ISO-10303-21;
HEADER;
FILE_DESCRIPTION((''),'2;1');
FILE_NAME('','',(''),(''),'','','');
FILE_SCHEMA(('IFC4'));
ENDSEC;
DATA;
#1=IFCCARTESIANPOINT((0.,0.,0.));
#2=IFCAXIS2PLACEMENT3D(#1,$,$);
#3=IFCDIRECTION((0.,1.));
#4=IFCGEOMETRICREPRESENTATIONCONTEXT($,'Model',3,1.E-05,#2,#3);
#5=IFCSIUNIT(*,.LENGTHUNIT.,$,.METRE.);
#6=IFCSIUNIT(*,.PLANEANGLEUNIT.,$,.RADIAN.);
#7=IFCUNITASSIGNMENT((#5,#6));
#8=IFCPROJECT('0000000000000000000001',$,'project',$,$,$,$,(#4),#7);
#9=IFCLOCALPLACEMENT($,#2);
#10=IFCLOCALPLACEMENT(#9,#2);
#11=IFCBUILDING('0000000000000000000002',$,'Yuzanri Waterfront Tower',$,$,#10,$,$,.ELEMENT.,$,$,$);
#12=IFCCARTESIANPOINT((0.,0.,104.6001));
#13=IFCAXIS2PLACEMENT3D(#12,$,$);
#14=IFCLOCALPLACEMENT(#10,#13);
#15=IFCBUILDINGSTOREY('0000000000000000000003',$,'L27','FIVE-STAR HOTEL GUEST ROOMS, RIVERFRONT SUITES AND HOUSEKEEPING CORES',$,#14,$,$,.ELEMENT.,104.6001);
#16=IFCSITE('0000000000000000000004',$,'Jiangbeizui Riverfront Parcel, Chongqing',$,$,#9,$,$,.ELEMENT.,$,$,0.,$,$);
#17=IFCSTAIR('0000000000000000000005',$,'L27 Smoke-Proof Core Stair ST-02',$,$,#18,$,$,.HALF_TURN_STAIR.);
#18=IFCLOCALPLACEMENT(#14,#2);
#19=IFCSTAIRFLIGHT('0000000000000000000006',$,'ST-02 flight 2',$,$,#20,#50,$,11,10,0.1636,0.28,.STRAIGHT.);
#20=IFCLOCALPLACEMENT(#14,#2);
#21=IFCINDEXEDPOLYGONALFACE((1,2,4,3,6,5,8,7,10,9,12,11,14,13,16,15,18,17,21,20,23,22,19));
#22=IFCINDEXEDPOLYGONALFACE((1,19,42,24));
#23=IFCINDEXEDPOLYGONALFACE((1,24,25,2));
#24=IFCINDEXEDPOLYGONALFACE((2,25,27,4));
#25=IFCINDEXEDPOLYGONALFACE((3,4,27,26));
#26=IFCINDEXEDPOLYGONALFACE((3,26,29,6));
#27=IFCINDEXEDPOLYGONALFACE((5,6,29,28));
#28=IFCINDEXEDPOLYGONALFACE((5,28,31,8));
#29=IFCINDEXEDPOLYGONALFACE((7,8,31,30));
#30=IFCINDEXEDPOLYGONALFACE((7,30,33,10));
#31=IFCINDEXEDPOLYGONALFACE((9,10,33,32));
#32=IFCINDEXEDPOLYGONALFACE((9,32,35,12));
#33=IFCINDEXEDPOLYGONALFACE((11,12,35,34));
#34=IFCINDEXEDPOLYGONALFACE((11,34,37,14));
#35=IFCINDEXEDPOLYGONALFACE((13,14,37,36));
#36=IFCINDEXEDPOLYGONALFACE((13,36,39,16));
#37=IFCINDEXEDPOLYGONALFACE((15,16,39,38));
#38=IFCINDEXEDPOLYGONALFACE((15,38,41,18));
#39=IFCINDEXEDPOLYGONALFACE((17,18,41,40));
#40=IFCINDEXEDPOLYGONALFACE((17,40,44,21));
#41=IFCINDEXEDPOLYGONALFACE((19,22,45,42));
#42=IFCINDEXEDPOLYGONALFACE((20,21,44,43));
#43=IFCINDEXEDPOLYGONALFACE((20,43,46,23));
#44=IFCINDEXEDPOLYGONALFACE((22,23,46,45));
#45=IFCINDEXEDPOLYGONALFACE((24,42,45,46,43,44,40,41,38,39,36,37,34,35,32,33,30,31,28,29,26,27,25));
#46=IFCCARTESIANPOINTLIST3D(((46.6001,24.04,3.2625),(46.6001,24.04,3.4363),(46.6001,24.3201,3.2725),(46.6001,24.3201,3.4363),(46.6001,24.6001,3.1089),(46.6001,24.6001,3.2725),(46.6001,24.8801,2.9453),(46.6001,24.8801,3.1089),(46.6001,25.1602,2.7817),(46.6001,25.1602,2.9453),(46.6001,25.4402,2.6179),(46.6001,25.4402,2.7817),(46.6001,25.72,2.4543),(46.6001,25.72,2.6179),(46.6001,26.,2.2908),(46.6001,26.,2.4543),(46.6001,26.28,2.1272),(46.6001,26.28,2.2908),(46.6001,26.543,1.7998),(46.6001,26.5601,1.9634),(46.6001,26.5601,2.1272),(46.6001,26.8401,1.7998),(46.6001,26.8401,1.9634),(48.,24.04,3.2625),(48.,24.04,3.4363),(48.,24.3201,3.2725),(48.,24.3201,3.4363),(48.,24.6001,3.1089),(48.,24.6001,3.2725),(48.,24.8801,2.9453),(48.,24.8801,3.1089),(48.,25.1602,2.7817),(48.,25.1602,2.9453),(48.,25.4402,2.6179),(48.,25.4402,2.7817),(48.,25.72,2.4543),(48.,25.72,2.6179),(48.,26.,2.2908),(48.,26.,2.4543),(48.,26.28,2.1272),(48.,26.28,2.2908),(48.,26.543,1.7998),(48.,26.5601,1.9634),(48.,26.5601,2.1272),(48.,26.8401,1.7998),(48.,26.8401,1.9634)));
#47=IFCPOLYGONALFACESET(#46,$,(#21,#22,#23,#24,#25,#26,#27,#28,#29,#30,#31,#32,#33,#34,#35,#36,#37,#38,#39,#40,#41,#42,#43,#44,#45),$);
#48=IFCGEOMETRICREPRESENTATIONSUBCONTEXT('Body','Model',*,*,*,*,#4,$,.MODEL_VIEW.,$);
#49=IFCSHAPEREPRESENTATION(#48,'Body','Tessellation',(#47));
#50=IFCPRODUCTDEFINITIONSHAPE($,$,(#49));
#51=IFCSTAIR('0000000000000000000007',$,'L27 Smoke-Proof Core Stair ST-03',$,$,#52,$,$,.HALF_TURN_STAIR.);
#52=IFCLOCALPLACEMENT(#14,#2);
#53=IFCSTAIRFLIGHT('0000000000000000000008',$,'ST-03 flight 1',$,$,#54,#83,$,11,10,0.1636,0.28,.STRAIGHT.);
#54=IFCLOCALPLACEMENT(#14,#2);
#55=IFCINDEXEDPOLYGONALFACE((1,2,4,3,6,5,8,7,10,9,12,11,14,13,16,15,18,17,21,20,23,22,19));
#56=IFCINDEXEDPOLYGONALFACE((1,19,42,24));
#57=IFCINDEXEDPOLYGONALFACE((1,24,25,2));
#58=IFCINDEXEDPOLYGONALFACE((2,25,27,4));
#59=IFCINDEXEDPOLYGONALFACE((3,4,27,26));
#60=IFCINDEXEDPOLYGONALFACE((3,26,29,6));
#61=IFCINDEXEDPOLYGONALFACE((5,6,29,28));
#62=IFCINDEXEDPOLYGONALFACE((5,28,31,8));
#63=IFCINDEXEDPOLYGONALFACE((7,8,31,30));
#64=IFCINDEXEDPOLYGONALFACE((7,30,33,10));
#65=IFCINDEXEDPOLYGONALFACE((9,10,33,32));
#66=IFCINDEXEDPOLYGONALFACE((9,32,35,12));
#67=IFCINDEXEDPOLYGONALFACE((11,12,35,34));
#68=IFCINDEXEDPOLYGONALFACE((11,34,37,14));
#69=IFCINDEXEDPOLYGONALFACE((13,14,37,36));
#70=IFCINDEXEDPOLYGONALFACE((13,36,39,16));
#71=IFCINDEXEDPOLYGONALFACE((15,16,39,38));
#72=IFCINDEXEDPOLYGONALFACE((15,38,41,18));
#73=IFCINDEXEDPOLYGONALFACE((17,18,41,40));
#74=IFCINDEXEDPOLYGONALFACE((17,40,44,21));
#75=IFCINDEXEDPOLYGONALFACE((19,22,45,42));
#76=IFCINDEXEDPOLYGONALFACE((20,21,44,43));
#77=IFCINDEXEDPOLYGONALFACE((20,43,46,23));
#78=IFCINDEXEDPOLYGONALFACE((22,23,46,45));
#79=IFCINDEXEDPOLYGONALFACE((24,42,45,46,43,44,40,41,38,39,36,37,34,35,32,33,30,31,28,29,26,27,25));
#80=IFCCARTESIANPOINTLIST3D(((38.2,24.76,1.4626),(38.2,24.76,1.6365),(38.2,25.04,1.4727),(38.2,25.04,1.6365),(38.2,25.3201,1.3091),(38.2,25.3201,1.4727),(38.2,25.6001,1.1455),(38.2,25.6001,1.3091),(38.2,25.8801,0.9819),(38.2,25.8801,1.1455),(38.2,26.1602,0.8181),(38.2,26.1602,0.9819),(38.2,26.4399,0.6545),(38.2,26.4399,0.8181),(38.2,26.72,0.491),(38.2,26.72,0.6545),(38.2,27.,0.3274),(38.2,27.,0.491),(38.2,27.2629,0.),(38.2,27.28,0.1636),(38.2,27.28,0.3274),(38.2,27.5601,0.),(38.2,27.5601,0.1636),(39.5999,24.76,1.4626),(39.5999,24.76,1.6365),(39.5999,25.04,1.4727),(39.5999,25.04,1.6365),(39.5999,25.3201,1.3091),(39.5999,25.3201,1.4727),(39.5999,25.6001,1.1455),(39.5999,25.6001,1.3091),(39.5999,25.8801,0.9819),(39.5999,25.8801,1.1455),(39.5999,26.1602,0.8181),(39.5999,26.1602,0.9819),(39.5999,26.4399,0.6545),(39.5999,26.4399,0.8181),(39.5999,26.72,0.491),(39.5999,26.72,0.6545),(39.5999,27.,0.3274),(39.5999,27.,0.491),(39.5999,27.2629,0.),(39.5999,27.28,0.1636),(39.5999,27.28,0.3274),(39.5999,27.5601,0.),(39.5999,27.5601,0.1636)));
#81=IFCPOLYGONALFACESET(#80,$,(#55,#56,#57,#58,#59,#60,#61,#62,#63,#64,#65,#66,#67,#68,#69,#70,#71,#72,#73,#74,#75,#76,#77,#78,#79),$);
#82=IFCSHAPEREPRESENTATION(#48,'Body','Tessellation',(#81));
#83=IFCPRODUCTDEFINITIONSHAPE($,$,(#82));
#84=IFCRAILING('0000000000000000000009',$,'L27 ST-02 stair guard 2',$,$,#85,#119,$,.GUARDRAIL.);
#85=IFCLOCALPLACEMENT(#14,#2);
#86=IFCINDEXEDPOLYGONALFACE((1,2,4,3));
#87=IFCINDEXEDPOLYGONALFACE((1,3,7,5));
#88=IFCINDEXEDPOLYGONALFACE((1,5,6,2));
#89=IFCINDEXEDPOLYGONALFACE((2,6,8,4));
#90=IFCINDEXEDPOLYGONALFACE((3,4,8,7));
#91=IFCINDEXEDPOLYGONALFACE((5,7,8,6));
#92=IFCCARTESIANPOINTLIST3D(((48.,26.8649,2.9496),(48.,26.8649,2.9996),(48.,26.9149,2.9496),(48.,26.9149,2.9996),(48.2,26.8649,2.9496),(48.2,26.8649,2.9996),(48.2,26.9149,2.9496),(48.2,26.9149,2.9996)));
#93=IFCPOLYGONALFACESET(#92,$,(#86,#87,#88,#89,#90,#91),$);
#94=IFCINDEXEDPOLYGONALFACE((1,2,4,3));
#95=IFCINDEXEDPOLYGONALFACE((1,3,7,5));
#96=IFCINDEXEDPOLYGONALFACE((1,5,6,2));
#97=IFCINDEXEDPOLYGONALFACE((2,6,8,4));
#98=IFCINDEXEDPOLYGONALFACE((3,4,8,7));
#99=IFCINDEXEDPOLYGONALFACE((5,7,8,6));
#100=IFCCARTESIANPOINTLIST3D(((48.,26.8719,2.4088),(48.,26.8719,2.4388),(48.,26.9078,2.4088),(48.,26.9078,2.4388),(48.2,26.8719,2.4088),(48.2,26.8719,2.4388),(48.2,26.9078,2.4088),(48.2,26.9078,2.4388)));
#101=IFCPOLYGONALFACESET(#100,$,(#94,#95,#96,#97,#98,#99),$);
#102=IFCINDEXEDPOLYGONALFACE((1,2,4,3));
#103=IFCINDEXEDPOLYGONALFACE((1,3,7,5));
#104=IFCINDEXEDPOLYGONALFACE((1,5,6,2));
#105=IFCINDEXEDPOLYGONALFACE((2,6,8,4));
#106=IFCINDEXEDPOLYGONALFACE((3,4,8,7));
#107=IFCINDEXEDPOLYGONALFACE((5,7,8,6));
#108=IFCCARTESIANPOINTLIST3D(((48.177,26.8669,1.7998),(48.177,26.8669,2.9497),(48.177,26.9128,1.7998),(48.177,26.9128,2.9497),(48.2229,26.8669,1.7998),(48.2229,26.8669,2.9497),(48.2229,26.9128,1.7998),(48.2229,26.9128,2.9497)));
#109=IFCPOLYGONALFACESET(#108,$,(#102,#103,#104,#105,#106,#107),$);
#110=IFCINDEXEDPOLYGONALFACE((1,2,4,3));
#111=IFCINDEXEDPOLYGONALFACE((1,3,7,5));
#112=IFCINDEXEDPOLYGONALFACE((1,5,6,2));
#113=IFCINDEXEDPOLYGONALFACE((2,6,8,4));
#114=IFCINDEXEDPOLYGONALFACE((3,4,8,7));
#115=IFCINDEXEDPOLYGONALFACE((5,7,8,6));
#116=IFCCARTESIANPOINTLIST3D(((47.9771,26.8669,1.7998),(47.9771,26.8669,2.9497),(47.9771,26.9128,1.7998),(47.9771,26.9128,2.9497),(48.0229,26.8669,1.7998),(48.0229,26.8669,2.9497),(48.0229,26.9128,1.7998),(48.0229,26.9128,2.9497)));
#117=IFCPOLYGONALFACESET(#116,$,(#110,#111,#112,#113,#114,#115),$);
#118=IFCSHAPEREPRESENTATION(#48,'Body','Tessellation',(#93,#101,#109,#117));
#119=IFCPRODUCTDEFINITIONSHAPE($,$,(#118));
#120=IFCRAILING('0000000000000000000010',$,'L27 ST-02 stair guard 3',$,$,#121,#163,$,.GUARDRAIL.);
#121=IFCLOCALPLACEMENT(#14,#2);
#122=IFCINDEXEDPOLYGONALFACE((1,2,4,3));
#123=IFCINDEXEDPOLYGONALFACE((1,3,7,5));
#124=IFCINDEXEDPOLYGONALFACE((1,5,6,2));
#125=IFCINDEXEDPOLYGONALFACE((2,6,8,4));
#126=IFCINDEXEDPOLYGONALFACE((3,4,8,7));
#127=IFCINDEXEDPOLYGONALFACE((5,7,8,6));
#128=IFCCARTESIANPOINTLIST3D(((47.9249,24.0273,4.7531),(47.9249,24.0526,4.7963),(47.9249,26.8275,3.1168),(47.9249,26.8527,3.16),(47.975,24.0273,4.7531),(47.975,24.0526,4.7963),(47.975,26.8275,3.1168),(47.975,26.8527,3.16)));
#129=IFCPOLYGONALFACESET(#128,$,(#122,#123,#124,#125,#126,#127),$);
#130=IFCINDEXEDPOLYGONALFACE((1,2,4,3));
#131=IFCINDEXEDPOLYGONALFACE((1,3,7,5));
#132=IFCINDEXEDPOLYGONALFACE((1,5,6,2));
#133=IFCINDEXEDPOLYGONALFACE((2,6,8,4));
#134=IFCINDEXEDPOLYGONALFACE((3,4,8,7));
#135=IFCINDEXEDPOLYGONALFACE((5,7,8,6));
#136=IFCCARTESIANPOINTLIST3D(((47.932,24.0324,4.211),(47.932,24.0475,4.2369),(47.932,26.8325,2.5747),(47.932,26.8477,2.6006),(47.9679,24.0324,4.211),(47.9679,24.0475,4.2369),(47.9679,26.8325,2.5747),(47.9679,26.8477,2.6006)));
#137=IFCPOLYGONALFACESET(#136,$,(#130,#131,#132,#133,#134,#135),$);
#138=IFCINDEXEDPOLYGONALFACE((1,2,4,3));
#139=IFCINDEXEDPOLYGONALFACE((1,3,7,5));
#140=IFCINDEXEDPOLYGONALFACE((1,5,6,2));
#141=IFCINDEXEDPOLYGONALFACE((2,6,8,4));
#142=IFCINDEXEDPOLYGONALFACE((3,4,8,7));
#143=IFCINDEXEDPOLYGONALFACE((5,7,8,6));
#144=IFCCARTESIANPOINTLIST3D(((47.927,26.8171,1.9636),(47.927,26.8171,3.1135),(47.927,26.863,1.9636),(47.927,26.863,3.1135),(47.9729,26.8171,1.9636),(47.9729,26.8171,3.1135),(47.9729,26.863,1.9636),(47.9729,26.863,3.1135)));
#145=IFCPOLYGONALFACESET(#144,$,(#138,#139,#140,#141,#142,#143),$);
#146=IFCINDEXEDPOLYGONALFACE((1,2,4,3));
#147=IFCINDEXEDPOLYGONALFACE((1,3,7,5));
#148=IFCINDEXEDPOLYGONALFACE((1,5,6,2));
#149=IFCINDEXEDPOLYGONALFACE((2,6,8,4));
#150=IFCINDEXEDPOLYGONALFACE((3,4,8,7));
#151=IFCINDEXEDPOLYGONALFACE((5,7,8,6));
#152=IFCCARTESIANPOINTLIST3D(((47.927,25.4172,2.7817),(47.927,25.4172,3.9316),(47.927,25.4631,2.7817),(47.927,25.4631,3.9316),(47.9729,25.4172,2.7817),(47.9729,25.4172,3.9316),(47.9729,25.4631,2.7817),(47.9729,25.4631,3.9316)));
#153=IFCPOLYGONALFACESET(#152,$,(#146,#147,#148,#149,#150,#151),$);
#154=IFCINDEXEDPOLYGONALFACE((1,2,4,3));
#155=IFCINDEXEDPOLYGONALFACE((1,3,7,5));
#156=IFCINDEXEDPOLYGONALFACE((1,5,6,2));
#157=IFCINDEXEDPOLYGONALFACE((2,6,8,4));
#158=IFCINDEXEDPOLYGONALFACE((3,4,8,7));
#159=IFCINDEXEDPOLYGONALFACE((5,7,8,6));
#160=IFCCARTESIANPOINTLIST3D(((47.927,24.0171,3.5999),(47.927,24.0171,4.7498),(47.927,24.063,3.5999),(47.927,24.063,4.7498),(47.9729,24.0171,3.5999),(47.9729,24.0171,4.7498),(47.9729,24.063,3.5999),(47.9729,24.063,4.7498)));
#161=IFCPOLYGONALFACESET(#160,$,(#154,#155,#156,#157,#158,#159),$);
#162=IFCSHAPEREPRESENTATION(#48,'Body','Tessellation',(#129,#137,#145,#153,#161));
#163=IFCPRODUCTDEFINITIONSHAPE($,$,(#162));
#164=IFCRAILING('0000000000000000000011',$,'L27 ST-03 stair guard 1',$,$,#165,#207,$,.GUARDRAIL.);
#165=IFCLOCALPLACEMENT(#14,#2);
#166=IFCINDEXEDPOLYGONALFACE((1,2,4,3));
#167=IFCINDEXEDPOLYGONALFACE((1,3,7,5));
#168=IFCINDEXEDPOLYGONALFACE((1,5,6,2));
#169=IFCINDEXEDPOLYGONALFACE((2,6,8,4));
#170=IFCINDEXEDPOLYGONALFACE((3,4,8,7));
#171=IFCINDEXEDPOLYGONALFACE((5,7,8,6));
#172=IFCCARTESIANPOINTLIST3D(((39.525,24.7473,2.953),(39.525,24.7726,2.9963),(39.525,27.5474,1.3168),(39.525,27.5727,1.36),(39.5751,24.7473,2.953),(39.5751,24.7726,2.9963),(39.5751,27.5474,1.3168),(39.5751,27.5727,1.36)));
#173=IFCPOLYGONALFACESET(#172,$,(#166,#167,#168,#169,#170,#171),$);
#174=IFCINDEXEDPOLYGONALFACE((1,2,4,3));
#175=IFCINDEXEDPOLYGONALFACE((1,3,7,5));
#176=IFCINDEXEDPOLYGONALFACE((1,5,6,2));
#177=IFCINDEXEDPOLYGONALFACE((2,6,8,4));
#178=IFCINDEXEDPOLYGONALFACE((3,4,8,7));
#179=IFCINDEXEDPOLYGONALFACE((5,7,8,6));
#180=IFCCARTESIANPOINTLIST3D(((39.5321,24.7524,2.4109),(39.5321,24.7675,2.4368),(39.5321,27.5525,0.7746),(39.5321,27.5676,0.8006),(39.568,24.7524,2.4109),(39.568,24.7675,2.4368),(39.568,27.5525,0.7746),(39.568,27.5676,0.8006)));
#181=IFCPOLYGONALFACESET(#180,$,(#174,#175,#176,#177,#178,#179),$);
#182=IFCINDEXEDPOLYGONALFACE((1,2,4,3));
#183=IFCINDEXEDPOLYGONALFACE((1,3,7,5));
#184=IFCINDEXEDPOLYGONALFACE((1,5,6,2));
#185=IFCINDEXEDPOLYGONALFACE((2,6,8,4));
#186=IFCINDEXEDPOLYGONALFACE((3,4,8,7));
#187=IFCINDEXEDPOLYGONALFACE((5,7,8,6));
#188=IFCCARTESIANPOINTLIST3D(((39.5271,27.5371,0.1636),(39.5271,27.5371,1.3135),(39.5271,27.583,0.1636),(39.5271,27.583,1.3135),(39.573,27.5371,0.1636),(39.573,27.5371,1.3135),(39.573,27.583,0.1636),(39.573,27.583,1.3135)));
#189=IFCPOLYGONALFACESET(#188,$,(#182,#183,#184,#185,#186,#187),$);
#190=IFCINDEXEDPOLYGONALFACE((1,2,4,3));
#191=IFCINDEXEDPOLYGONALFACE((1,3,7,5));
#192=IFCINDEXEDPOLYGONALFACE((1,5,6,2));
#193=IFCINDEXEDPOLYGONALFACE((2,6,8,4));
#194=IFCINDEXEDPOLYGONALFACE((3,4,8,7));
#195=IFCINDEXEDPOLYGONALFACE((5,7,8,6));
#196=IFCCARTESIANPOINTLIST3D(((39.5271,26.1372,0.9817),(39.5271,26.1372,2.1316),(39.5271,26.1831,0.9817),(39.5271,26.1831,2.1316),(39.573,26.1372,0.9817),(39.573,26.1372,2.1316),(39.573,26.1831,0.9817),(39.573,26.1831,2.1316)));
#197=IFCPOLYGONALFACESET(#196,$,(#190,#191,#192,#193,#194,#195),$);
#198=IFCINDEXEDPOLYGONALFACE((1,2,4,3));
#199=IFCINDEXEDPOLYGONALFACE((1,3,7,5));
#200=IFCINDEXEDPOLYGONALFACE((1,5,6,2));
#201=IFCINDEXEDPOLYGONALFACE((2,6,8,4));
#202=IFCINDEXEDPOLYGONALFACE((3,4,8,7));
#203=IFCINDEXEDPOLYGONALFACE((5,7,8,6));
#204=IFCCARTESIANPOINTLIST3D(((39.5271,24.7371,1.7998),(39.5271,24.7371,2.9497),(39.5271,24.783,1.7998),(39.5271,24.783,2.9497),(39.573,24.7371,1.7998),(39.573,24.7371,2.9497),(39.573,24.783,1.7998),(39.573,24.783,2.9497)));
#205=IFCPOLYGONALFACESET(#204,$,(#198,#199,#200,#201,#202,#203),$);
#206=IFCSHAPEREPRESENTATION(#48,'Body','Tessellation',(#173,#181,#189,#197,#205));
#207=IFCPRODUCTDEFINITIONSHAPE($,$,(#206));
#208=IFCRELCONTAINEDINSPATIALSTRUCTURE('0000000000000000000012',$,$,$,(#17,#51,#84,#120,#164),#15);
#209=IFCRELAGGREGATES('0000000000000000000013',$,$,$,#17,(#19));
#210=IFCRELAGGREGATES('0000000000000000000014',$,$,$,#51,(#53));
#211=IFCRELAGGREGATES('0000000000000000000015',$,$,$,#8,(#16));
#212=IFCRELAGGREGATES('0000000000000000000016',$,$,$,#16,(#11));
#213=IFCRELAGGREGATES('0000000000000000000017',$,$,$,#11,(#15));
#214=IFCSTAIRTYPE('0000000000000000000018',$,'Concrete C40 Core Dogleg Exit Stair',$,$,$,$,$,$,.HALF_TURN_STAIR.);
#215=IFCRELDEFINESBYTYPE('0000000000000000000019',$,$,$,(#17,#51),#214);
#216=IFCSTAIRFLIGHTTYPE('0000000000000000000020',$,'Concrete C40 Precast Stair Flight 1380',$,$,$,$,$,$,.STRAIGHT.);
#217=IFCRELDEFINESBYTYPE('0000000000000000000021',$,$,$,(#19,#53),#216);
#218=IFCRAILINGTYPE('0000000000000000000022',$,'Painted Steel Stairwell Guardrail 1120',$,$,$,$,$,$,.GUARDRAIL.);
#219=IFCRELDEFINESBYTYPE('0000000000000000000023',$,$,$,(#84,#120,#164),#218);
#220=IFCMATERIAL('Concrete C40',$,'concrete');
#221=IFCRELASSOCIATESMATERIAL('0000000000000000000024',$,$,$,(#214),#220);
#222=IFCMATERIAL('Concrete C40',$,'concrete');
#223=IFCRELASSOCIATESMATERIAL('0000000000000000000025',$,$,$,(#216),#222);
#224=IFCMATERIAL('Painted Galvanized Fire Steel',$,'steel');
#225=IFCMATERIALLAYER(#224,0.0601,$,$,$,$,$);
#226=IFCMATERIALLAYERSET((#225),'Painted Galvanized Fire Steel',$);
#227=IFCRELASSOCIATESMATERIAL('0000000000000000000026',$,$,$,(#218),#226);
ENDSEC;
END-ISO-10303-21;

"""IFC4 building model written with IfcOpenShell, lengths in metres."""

from ifc_helpers import new_model, si_unit, direction, frame, origin, origin_2d, place, context, subcontext, project, spatial, polyline, rectangle, outline, extrude, source, transform, mapped, material, layer, layer_set, type_object, element, aggregate, save


model = new_model("IFC4")

# Units and contexts
model_context = context("Model", 3, precision=1e-05, world=origin(), true_north=direction((0.0, 1.0)))
body_context = subcontext(model_context, "Body", "Model", "MODEL_VIEW")
ifc_project = project(units=[si_unit("LENGTHUNIT", "METRE"), si_unit("PLANEANGLEUNIT", "RADIAN")], contexts=[model_context])

# Site, building, storey
site_placement = place(None, origin())
site = spatial("IfcSite", under=ifc_project, at=site_placement, Name="Jiangbeizui Riverfront Parcel, Chongqing", CompositionType="ELEMENT", RefElevation=0.0)
building_placement = place(site_placement, origin())
building = spatial("IfcBuilding", under=site, at=building_placement, Name="Yuzanri Waterfront Tower", CompositionType="ELEMENT")
storey_placement = place(building_placement, frame((0.0, 0.0, 104.6001)))
storey = spatial("IfcBuildingStorey", under=building, at=storey_placement, Name="L27", Description="FIVE-STAR HOTEL GUEST ROOMS, RIVERFRONT SUITES AND HOUSEKEEPING CORES", CompositionType="ELEMENT", Elevation=104.6001)

# Stairs, stair flights
ifc_material_1 = material(Name="Concrete C40", Category="concrete")
stair_type = type_object("IfcStairType", Name="Concrete C40 Core Dogleg Exit Stair", PredefinedType="HALF_TURN_STAIR", material=ifc_material_1)
stair_1_placement = place(storey_placement, origin())
stair_1 = element("IfcStair", 1, at=stair_1_placement, inside=storey, type_object=stair_type, Name="L27 Smoke-Proof Core Stair ST-02", PredefinedType="HALF_TURN_STAIR")
ifc_material_2 = material(Name="Concrete C40", Category="concrete")
stair_flight_type = type_object("IfcStairFlightType", Name="Concrete C40 Precast Stair Flight 1380", PredefinedType="STRAIGHT", material=ifc_material_2)
shared_shape_1 = source(origin(), body_context, "Body", "SweptSolid", [
    extrude(outline(polyline([(0.0, 0.0), (0.0, 0.1636), (0.28, 0.1636), (0.28, 0.3274), (0.5601, 0.3274), (0.5601, 0.491), (0.8401, 0.491), (0.8401, 0.6545), (1.1201, 0.6545), (1.1201, 0.8181), (1.3999, 0.8181), (1.3999, 0.9819), (1.6799, 0.9819), (1.6799, 1.1455), (1.96, 1.1455), (1.96, 1.3091), (2.24, 1.3091), (2.24, 1.4727), (2.52, 1.4727), (2.52, 1.6365), (2.8, 1.6365), (2.8, 1.8), (2.8, 1.4626), (0.2971, 0.0), (0.0, 0.0)])), frame((0.0, 0.7, 0.0), z_axis=(0.0, -1.0, 0.0), x_axis=(1.0, 0.0, 0.0)), (0.0, 0.0, 1.0), 1.3999),
])
stair_flight_1_placement = place(storey_placement, frame((47.3, 26.8401, 1.7998), z_axis=(0.0, 0.0, 1.0), x_axis=(0.0, -1.0, 0.0)))
stair_flight_1 = element("IfcStairFlight", 2, at=stair_flight_1_placement, type_object=stair_flight_type, Name="ST-02 flight 2", NumberOfRisers=11, NumberOfTreads=10, PredefinedType="STRAIGHT", RiserHeight=0.1636, TreadLength=0.28, context=body_context, shape_type="MappedRepresentation", body=[
    mapped(shared_shape_1, transform((0.0, 0.0, 0.0), scale=1.0)),
])
aggregate(stair_1, [stair_flight_1])
stair_2_placement = place(storey_placement, origin())
stair_2 = element("IfcStair", 3, at=stair_2_placement, inside=storey, type_object=stair_type, Name="L27 Smoke-Proof Core Stair ST-03", PredefinedType="HALF_TURN_STAIR")
stair_flight_2_placement = place(storey_placement, frame((38.8999, 27.5601, 0.0), z_axis=(0.0, 0.0, 1.0), x_axis=(0.0, -1.0, 0.0)))
stair_flight_2 = element("IfcStairFlight", 4, at=stair_flight_2_placement, type_object=stair_flight_type, Name="ST-03 flight 1", NumberOfRisers=11, NumberOfTreads=10, PredefinedType="STRAIGHT", RiserHeight=0.1636, TreadLength=0.28, context=body_context, shape_type="MappedRepresentation", body=[
    mapped(shared_shape_1, transform((0.0, 0.0, 0.0), scale=1.0)),
])
aggregate(stair_2, [stair_flight_2])

# Railings
ifc_material_3 = material(Name="Painted Galvanized Fire Steel", Category="steel")
ifc_layer_1 = layer(ifc_material_3, 0.0601)
ifc_layer_set_1 = layer_set([ifc_layer_1], Name="Painted Galvanized Fire Steel")
railing_type_1 = type_object("IfcRailingType", Name="Painted Steel Stairwell Guardrail 1120", PredefinedType="GUARDRAIL", material=ifc_layer_set_1)
shared_shape_2 = source(origin(), body_context, "Body", "SweptSolid", [
    extrude(rectangle(XDim=0.05, YDim=0.05, at=origin_2d()), frame((0.0, 0.0, 1.1748), z_axis=(-1.0, 0.0, 0.0), x_axis=(0.0, -1.0, 0.0)), (0.0, 0.0, 1.0), 0.2),
    extrude(rectangle(XDim=0.0359, YDim=0.03, at=origin_2d()), frame((0.0, 0.0, 0.624), z_axis=(-1.0, 0.0, 0.0), x_axis=(0.0, -1.0, 0.0)), (0.0, 0.0, 1.0), 0.2),
    extrude(rectangle(XDim=0.0459, YDim=0.0459, at=origin_2d()), origin(), (0.0, 0.0, 1.0), 1.1499),
    extrude(rectangle(XDim=0.0459, YDim=0.0459, at=origin_2d()), frame((-0.2, 0.0, 0.0)), (0.0, 0.0, 1.0), 1.1499),
])
railing_1_placement = place(storey_placement, frame((48.2, 26.8899, 1.7998)))
element("IfcRailing", 5, at=railing_1_placement, inside=storey, type_object=railing_type_1, Name="L27 ST-02 stair guard 2", PredefinedType="GUARDRAIL", context=body_context, shape_type="MappedRepresentation", body=[
    mapped(shared_shape_2, transform((0.0, 0.0, 0.0), scale=1.0)),
])
shared_shape_3 = source(origin(), body_context, "Body", "SweptSolid", [
    extrude(rectangle(XDim=0.05, YDim=0.05, at=origin_2d()), frame((0.0, 0.0, 1.1748), z_axis=(0.0, -0.863394, 0.504531), x_axis=(1.0, 0.0, 0.0)), (0.0, 0.0, 1.0), 3.2432),
    extrude(rectangle(XDim=0.0359, YDim=0.03, at=origin_2d()), frame((0.0, 0.0, 0.624), z_axis=(0.0, -0.863394, 0.504531), x_axis=(1.0, 0.0, 0.0)), (0.0, 0.0, 1.0), 3.2432),
    extrude(rectangle(XDim=0.0459, YDim=0.0459, at=origin_2d()), origin(), (0.0, 0.0, 1.0), 1.1499),
    extrude(rectangle(XDim=0.0459, YDim=0.0459, at=origin_2d()), frame((0.0, -1.3999, 0.8181)), (0.0, 0.0, 1.0), 1.1499),
    extrude(rectangle(XDim=0.0459, YDim=0.0459, at=origin_2d()), frame((0.0, -2.8, 1.6362)), (0.0, 0.0, 1.0), 1.1499),
])
for number, where, name in (
    (6, (47.95, 26.8401, 1.9636), "L27 ST-02 stair guard 3"),
    (7, (39.55, 27.5601, 0.1636), "L27 ST-03 stair guard 1"),
):
    element("IfcRailing", number, at=place(storey_placement, frame(where)), inside=storey, type_object=railing_type_1, Name=name, PredefinedType="GUARDRAIL", context=body_context, shape_type="MappedRepresentation", body=[
        mapped(shared_shape_3, transform((0.0, 0.0, 0.0), scale=1.0)),
    ])

save(model, "model.ifc")
